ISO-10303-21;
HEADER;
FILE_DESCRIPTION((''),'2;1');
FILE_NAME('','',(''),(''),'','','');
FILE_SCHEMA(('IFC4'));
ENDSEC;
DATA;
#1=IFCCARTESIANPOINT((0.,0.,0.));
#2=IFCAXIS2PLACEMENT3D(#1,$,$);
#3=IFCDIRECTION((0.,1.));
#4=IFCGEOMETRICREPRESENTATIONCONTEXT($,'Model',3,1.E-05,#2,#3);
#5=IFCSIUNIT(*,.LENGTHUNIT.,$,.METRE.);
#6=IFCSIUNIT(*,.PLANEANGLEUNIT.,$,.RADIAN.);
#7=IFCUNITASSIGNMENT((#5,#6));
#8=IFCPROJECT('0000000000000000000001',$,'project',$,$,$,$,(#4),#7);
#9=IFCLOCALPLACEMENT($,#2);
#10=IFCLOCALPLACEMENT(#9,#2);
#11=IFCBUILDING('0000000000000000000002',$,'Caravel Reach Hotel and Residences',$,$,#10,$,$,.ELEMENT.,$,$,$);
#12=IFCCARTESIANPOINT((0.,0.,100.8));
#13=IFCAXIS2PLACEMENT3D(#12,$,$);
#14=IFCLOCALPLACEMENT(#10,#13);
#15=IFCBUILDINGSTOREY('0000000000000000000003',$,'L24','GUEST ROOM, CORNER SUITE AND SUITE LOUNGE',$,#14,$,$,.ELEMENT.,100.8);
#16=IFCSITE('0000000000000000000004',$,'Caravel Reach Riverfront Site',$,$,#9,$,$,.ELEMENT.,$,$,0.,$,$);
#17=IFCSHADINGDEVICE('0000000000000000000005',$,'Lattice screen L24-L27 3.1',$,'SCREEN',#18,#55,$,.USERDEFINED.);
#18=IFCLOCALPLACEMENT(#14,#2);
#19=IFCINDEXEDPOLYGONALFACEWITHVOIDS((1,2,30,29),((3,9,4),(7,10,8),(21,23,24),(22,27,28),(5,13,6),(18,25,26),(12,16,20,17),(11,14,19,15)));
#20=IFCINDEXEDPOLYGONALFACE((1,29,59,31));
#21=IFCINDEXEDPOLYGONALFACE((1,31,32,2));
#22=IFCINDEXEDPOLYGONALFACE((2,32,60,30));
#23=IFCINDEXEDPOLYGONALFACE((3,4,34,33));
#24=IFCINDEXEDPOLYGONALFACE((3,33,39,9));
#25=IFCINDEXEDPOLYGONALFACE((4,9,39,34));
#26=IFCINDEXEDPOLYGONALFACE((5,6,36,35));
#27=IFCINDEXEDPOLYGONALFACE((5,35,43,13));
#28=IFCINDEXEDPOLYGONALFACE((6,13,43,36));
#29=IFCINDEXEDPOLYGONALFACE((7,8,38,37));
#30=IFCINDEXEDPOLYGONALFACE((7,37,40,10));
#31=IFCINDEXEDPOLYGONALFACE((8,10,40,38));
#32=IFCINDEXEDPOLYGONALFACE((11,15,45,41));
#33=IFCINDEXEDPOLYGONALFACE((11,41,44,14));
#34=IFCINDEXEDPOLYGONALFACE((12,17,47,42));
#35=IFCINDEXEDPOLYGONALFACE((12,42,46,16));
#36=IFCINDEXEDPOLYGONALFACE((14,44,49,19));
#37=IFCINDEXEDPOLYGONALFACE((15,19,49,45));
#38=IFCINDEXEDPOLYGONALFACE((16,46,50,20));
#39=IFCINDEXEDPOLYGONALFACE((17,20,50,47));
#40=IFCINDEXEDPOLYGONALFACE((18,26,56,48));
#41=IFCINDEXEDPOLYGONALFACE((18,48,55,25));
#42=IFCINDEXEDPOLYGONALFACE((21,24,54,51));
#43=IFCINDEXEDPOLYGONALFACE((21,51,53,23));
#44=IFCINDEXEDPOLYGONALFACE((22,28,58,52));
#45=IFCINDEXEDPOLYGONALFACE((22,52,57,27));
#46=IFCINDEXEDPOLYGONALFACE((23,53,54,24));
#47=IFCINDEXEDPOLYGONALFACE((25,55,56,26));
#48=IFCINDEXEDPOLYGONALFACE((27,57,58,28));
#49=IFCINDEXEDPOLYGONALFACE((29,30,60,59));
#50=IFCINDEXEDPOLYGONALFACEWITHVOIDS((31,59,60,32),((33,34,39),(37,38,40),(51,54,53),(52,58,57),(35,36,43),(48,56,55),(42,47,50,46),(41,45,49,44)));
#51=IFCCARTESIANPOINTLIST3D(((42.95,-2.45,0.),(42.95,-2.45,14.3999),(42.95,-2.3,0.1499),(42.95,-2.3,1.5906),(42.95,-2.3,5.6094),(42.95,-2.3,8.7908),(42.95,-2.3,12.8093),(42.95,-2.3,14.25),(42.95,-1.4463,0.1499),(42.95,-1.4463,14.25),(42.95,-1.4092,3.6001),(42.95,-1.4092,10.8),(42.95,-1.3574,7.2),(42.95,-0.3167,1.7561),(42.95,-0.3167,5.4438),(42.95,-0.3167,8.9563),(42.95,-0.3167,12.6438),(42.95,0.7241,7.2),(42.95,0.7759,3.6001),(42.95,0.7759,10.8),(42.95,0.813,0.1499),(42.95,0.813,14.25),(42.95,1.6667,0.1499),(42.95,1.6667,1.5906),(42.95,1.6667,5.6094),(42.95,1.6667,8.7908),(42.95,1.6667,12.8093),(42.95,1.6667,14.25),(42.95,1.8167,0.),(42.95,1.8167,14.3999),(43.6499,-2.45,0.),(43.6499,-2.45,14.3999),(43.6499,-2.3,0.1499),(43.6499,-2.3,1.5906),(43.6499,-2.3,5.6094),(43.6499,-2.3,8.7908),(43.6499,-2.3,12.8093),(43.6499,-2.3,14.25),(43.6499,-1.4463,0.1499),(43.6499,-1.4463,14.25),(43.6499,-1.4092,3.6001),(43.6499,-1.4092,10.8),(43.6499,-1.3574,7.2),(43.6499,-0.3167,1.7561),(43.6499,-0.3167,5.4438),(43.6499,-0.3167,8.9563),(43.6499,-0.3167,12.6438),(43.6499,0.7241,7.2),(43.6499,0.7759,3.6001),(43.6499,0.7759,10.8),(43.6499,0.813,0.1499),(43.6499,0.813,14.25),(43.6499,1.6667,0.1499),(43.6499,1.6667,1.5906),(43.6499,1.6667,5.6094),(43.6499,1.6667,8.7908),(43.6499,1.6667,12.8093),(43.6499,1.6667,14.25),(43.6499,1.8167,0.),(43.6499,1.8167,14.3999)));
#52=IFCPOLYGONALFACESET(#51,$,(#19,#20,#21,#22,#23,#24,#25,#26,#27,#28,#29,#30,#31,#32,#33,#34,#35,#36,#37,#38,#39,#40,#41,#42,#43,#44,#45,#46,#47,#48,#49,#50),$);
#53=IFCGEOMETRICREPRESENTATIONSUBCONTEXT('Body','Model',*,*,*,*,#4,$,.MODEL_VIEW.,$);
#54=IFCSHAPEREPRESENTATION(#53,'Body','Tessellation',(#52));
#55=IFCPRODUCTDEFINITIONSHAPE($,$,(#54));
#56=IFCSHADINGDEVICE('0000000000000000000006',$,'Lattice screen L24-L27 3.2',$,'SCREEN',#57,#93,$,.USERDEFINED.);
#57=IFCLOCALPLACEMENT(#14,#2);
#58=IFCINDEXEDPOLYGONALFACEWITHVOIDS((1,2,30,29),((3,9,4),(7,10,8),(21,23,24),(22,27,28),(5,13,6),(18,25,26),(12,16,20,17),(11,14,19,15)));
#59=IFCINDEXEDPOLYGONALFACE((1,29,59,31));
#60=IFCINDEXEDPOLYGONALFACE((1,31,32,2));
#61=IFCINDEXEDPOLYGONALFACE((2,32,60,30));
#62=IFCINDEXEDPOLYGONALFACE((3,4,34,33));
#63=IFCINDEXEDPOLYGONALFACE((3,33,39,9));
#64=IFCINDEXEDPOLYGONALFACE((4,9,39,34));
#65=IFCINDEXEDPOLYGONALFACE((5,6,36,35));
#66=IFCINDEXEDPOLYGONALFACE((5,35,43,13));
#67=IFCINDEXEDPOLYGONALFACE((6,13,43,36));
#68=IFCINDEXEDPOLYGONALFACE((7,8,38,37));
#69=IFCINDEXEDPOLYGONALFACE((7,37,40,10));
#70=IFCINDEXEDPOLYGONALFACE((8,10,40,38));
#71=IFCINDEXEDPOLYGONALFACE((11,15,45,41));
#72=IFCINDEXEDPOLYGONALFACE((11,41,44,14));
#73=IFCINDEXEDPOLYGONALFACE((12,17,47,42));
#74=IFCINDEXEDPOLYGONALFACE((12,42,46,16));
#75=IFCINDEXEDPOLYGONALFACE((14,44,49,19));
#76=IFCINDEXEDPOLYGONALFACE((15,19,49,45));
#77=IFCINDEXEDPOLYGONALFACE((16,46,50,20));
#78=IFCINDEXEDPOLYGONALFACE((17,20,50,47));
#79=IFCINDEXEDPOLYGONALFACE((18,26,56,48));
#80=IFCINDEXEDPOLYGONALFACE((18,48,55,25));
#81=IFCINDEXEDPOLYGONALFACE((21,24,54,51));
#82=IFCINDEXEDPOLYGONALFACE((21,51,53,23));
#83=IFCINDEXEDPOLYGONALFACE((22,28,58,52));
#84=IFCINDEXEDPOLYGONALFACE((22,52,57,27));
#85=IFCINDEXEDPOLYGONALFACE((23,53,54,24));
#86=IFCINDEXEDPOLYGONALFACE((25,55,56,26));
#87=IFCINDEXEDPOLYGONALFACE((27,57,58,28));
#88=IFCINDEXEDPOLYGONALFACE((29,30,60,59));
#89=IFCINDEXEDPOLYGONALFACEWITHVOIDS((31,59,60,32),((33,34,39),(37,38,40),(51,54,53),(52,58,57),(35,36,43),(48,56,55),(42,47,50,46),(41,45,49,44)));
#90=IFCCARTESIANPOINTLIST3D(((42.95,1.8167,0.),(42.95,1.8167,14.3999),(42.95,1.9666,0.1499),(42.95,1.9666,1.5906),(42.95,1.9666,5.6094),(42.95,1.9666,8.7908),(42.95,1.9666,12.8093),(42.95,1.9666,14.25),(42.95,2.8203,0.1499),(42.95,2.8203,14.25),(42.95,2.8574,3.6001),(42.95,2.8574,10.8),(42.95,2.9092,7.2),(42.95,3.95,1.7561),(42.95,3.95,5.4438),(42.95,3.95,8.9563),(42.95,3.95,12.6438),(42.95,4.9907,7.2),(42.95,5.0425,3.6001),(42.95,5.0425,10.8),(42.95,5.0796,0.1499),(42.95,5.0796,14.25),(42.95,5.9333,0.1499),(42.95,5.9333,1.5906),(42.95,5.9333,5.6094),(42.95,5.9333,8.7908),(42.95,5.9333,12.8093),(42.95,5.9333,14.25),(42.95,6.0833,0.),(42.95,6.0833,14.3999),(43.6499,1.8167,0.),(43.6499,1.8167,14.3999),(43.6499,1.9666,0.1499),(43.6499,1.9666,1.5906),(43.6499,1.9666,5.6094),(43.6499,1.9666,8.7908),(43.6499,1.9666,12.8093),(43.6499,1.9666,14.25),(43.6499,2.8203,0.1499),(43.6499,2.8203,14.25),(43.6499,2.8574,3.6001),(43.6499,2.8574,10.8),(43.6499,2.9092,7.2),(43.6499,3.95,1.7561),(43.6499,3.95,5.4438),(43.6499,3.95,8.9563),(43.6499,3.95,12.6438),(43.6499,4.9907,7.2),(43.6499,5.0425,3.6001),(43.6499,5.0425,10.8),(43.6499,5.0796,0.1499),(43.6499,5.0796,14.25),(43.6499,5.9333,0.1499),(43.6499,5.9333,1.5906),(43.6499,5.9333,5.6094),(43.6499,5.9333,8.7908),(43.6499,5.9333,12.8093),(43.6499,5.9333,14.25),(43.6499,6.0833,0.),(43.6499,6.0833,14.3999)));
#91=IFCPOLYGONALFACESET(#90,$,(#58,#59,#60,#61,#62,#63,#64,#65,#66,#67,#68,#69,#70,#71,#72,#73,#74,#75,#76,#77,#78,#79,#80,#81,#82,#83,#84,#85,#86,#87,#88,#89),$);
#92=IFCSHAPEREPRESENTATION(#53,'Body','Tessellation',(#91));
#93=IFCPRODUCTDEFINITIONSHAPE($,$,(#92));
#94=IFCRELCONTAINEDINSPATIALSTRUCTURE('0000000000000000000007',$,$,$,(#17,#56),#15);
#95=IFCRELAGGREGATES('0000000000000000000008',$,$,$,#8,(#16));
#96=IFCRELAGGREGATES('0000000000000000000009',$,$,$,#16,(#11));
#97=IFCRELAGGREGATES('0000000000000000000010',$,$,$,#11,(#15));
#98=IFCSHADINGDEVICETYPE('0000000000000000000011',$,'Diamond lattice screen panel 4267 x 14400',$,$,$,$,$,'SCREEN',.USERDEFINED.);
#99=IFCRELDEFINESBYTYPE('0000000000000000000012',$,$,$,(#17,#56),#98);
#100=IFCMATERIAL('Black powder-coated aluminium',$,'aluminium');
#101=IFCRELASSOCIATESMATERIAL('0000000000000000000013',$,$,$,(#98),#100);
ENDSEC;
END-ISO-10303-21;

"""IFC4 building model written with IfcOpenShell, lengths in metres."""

from ifc_helpers import new_model, si_unit, direction, frame, origin, place, context, subcontext, project, spatial, polyline, outline, extrude, material, type_object, element, save


model = new_model("IFC4")

# Units and contexts
model_context = context("Model", 3, precision=1e-05, world=origin(), true_north=direction((0.0, 1.0)))
body_context = subcontext(model_context, "Body", "Model", "MODEL_VIEW")
ifc_project = project(units=[si_unit("LENGTHUNIT", "METRE"), si_unit("PLANEANGLEUNIT", "RADIAN")], contexts=[model_context])

# Site, building, storey
site_placement = place(None, origin())
site = spatial("IfcSite", under=ifc_project, at=site_placement, Name="Caravel Reach Riverfront Site", CompositionType="ELEMENT", RefElevation=0.0)
building_placement = place(site_placement, origin())
building = spatial("IfcBuilding", under=site, at=building_placement, Name="Caravel Reach Hotel and Residences", CompositionType="ELEMENT")
storey_placement = place(building_placement, frame((0.0, 0.0, 100.8)))
storey = spatial("IfcBuildingStorey", under=building, at=storey_placement, Name="L24", Description="GUEST ROOM, CORNER SUITE AND SUITE LOUNGE", CompositionType="ELEMENT", Elevation=100.8)

# Shading devices
ifc_material_1 = material(Name="Black powder-coated aluminium", Category="aluminium")
shading_device_type_1 = type_object("IfcShadingDeviceType", Name="Diamond lattice screen panel 4267 x 14400", ElementType="SCREEN", PredefinedType="USERDEFINED", material=ifc_material_1)
for number, where, z_axis, x_axis, name in (
    (1, (42.95, -2.45, 0.0), (1.0, 0.0, 0.0), (0.0, 1.0, 0.0), "Lattice screen L24-L27 3.1"),
    (2, (42.95, 1.8167, 0.0), (1.0, 0.0, 0.0), (0.0, 1.0, 0.0), "Lattice screen L24-L27 3.2"),
):
    element("IfcShadingDevice", number, at=place(storey_placement, frame(where, z_axis=z_axis, x_axis=x_axis)), inside=storey, type_object=shading_device_type_1, Name=name, ObjectType="SCREEN", PredefinedType="USERDEFINED", context=body_context, shape_type="SweptSolid", body=[
        extrude(outline(polyline([(0.0, 0.0), (4.2666, 0.0), (4.2666, 14.3999), (0.0, 14.3999), (0.0, 0.0)]), holes=[polyline([(1.0037, 0.1499), (0.1499, 1.5906), (0.1499, 0.1499), (1.0037, 0.1499)]), polyline([(1.0925, 7.2), (0.1499, 8.7908), (0.1499, 5.6094), (1.0925, 7.2)]), polyline([(0.1499, 12.8093), (1.0037, 14.25), (0.1499, 14.25), (0.1499, 12.8093)]), polyline([(2.1333, 5.4438), (1.0408, 3.6001), (2.1333, 1.7561), (3.2258, 3.6001), (2.1333, 5.4438)]), polyline([(2.1333, 12.6438), (1.0408, 10.8), (2.1333, 8.9563), (3.2258, 10.8), (2.1333, 12.6438)]), polyline([(4.1167, 1.5906), (3.2629, 0.1499), (4.1167, 0.1499), (4.1167, 1.5906)]), polyline([(3.1741, 7.2), (4.1167, 5.6094), (4.1167, 8.7908), (3.1741, 7.2)]), polyline([(3.2629, 14.25), (4.1167, 12.8093), (4.1167, 14.25), (3.2629, 14.25)])]), origin(), (0.0, 0.0, 1.0), 0.7),
    ])

save(model, "model.ifc")
